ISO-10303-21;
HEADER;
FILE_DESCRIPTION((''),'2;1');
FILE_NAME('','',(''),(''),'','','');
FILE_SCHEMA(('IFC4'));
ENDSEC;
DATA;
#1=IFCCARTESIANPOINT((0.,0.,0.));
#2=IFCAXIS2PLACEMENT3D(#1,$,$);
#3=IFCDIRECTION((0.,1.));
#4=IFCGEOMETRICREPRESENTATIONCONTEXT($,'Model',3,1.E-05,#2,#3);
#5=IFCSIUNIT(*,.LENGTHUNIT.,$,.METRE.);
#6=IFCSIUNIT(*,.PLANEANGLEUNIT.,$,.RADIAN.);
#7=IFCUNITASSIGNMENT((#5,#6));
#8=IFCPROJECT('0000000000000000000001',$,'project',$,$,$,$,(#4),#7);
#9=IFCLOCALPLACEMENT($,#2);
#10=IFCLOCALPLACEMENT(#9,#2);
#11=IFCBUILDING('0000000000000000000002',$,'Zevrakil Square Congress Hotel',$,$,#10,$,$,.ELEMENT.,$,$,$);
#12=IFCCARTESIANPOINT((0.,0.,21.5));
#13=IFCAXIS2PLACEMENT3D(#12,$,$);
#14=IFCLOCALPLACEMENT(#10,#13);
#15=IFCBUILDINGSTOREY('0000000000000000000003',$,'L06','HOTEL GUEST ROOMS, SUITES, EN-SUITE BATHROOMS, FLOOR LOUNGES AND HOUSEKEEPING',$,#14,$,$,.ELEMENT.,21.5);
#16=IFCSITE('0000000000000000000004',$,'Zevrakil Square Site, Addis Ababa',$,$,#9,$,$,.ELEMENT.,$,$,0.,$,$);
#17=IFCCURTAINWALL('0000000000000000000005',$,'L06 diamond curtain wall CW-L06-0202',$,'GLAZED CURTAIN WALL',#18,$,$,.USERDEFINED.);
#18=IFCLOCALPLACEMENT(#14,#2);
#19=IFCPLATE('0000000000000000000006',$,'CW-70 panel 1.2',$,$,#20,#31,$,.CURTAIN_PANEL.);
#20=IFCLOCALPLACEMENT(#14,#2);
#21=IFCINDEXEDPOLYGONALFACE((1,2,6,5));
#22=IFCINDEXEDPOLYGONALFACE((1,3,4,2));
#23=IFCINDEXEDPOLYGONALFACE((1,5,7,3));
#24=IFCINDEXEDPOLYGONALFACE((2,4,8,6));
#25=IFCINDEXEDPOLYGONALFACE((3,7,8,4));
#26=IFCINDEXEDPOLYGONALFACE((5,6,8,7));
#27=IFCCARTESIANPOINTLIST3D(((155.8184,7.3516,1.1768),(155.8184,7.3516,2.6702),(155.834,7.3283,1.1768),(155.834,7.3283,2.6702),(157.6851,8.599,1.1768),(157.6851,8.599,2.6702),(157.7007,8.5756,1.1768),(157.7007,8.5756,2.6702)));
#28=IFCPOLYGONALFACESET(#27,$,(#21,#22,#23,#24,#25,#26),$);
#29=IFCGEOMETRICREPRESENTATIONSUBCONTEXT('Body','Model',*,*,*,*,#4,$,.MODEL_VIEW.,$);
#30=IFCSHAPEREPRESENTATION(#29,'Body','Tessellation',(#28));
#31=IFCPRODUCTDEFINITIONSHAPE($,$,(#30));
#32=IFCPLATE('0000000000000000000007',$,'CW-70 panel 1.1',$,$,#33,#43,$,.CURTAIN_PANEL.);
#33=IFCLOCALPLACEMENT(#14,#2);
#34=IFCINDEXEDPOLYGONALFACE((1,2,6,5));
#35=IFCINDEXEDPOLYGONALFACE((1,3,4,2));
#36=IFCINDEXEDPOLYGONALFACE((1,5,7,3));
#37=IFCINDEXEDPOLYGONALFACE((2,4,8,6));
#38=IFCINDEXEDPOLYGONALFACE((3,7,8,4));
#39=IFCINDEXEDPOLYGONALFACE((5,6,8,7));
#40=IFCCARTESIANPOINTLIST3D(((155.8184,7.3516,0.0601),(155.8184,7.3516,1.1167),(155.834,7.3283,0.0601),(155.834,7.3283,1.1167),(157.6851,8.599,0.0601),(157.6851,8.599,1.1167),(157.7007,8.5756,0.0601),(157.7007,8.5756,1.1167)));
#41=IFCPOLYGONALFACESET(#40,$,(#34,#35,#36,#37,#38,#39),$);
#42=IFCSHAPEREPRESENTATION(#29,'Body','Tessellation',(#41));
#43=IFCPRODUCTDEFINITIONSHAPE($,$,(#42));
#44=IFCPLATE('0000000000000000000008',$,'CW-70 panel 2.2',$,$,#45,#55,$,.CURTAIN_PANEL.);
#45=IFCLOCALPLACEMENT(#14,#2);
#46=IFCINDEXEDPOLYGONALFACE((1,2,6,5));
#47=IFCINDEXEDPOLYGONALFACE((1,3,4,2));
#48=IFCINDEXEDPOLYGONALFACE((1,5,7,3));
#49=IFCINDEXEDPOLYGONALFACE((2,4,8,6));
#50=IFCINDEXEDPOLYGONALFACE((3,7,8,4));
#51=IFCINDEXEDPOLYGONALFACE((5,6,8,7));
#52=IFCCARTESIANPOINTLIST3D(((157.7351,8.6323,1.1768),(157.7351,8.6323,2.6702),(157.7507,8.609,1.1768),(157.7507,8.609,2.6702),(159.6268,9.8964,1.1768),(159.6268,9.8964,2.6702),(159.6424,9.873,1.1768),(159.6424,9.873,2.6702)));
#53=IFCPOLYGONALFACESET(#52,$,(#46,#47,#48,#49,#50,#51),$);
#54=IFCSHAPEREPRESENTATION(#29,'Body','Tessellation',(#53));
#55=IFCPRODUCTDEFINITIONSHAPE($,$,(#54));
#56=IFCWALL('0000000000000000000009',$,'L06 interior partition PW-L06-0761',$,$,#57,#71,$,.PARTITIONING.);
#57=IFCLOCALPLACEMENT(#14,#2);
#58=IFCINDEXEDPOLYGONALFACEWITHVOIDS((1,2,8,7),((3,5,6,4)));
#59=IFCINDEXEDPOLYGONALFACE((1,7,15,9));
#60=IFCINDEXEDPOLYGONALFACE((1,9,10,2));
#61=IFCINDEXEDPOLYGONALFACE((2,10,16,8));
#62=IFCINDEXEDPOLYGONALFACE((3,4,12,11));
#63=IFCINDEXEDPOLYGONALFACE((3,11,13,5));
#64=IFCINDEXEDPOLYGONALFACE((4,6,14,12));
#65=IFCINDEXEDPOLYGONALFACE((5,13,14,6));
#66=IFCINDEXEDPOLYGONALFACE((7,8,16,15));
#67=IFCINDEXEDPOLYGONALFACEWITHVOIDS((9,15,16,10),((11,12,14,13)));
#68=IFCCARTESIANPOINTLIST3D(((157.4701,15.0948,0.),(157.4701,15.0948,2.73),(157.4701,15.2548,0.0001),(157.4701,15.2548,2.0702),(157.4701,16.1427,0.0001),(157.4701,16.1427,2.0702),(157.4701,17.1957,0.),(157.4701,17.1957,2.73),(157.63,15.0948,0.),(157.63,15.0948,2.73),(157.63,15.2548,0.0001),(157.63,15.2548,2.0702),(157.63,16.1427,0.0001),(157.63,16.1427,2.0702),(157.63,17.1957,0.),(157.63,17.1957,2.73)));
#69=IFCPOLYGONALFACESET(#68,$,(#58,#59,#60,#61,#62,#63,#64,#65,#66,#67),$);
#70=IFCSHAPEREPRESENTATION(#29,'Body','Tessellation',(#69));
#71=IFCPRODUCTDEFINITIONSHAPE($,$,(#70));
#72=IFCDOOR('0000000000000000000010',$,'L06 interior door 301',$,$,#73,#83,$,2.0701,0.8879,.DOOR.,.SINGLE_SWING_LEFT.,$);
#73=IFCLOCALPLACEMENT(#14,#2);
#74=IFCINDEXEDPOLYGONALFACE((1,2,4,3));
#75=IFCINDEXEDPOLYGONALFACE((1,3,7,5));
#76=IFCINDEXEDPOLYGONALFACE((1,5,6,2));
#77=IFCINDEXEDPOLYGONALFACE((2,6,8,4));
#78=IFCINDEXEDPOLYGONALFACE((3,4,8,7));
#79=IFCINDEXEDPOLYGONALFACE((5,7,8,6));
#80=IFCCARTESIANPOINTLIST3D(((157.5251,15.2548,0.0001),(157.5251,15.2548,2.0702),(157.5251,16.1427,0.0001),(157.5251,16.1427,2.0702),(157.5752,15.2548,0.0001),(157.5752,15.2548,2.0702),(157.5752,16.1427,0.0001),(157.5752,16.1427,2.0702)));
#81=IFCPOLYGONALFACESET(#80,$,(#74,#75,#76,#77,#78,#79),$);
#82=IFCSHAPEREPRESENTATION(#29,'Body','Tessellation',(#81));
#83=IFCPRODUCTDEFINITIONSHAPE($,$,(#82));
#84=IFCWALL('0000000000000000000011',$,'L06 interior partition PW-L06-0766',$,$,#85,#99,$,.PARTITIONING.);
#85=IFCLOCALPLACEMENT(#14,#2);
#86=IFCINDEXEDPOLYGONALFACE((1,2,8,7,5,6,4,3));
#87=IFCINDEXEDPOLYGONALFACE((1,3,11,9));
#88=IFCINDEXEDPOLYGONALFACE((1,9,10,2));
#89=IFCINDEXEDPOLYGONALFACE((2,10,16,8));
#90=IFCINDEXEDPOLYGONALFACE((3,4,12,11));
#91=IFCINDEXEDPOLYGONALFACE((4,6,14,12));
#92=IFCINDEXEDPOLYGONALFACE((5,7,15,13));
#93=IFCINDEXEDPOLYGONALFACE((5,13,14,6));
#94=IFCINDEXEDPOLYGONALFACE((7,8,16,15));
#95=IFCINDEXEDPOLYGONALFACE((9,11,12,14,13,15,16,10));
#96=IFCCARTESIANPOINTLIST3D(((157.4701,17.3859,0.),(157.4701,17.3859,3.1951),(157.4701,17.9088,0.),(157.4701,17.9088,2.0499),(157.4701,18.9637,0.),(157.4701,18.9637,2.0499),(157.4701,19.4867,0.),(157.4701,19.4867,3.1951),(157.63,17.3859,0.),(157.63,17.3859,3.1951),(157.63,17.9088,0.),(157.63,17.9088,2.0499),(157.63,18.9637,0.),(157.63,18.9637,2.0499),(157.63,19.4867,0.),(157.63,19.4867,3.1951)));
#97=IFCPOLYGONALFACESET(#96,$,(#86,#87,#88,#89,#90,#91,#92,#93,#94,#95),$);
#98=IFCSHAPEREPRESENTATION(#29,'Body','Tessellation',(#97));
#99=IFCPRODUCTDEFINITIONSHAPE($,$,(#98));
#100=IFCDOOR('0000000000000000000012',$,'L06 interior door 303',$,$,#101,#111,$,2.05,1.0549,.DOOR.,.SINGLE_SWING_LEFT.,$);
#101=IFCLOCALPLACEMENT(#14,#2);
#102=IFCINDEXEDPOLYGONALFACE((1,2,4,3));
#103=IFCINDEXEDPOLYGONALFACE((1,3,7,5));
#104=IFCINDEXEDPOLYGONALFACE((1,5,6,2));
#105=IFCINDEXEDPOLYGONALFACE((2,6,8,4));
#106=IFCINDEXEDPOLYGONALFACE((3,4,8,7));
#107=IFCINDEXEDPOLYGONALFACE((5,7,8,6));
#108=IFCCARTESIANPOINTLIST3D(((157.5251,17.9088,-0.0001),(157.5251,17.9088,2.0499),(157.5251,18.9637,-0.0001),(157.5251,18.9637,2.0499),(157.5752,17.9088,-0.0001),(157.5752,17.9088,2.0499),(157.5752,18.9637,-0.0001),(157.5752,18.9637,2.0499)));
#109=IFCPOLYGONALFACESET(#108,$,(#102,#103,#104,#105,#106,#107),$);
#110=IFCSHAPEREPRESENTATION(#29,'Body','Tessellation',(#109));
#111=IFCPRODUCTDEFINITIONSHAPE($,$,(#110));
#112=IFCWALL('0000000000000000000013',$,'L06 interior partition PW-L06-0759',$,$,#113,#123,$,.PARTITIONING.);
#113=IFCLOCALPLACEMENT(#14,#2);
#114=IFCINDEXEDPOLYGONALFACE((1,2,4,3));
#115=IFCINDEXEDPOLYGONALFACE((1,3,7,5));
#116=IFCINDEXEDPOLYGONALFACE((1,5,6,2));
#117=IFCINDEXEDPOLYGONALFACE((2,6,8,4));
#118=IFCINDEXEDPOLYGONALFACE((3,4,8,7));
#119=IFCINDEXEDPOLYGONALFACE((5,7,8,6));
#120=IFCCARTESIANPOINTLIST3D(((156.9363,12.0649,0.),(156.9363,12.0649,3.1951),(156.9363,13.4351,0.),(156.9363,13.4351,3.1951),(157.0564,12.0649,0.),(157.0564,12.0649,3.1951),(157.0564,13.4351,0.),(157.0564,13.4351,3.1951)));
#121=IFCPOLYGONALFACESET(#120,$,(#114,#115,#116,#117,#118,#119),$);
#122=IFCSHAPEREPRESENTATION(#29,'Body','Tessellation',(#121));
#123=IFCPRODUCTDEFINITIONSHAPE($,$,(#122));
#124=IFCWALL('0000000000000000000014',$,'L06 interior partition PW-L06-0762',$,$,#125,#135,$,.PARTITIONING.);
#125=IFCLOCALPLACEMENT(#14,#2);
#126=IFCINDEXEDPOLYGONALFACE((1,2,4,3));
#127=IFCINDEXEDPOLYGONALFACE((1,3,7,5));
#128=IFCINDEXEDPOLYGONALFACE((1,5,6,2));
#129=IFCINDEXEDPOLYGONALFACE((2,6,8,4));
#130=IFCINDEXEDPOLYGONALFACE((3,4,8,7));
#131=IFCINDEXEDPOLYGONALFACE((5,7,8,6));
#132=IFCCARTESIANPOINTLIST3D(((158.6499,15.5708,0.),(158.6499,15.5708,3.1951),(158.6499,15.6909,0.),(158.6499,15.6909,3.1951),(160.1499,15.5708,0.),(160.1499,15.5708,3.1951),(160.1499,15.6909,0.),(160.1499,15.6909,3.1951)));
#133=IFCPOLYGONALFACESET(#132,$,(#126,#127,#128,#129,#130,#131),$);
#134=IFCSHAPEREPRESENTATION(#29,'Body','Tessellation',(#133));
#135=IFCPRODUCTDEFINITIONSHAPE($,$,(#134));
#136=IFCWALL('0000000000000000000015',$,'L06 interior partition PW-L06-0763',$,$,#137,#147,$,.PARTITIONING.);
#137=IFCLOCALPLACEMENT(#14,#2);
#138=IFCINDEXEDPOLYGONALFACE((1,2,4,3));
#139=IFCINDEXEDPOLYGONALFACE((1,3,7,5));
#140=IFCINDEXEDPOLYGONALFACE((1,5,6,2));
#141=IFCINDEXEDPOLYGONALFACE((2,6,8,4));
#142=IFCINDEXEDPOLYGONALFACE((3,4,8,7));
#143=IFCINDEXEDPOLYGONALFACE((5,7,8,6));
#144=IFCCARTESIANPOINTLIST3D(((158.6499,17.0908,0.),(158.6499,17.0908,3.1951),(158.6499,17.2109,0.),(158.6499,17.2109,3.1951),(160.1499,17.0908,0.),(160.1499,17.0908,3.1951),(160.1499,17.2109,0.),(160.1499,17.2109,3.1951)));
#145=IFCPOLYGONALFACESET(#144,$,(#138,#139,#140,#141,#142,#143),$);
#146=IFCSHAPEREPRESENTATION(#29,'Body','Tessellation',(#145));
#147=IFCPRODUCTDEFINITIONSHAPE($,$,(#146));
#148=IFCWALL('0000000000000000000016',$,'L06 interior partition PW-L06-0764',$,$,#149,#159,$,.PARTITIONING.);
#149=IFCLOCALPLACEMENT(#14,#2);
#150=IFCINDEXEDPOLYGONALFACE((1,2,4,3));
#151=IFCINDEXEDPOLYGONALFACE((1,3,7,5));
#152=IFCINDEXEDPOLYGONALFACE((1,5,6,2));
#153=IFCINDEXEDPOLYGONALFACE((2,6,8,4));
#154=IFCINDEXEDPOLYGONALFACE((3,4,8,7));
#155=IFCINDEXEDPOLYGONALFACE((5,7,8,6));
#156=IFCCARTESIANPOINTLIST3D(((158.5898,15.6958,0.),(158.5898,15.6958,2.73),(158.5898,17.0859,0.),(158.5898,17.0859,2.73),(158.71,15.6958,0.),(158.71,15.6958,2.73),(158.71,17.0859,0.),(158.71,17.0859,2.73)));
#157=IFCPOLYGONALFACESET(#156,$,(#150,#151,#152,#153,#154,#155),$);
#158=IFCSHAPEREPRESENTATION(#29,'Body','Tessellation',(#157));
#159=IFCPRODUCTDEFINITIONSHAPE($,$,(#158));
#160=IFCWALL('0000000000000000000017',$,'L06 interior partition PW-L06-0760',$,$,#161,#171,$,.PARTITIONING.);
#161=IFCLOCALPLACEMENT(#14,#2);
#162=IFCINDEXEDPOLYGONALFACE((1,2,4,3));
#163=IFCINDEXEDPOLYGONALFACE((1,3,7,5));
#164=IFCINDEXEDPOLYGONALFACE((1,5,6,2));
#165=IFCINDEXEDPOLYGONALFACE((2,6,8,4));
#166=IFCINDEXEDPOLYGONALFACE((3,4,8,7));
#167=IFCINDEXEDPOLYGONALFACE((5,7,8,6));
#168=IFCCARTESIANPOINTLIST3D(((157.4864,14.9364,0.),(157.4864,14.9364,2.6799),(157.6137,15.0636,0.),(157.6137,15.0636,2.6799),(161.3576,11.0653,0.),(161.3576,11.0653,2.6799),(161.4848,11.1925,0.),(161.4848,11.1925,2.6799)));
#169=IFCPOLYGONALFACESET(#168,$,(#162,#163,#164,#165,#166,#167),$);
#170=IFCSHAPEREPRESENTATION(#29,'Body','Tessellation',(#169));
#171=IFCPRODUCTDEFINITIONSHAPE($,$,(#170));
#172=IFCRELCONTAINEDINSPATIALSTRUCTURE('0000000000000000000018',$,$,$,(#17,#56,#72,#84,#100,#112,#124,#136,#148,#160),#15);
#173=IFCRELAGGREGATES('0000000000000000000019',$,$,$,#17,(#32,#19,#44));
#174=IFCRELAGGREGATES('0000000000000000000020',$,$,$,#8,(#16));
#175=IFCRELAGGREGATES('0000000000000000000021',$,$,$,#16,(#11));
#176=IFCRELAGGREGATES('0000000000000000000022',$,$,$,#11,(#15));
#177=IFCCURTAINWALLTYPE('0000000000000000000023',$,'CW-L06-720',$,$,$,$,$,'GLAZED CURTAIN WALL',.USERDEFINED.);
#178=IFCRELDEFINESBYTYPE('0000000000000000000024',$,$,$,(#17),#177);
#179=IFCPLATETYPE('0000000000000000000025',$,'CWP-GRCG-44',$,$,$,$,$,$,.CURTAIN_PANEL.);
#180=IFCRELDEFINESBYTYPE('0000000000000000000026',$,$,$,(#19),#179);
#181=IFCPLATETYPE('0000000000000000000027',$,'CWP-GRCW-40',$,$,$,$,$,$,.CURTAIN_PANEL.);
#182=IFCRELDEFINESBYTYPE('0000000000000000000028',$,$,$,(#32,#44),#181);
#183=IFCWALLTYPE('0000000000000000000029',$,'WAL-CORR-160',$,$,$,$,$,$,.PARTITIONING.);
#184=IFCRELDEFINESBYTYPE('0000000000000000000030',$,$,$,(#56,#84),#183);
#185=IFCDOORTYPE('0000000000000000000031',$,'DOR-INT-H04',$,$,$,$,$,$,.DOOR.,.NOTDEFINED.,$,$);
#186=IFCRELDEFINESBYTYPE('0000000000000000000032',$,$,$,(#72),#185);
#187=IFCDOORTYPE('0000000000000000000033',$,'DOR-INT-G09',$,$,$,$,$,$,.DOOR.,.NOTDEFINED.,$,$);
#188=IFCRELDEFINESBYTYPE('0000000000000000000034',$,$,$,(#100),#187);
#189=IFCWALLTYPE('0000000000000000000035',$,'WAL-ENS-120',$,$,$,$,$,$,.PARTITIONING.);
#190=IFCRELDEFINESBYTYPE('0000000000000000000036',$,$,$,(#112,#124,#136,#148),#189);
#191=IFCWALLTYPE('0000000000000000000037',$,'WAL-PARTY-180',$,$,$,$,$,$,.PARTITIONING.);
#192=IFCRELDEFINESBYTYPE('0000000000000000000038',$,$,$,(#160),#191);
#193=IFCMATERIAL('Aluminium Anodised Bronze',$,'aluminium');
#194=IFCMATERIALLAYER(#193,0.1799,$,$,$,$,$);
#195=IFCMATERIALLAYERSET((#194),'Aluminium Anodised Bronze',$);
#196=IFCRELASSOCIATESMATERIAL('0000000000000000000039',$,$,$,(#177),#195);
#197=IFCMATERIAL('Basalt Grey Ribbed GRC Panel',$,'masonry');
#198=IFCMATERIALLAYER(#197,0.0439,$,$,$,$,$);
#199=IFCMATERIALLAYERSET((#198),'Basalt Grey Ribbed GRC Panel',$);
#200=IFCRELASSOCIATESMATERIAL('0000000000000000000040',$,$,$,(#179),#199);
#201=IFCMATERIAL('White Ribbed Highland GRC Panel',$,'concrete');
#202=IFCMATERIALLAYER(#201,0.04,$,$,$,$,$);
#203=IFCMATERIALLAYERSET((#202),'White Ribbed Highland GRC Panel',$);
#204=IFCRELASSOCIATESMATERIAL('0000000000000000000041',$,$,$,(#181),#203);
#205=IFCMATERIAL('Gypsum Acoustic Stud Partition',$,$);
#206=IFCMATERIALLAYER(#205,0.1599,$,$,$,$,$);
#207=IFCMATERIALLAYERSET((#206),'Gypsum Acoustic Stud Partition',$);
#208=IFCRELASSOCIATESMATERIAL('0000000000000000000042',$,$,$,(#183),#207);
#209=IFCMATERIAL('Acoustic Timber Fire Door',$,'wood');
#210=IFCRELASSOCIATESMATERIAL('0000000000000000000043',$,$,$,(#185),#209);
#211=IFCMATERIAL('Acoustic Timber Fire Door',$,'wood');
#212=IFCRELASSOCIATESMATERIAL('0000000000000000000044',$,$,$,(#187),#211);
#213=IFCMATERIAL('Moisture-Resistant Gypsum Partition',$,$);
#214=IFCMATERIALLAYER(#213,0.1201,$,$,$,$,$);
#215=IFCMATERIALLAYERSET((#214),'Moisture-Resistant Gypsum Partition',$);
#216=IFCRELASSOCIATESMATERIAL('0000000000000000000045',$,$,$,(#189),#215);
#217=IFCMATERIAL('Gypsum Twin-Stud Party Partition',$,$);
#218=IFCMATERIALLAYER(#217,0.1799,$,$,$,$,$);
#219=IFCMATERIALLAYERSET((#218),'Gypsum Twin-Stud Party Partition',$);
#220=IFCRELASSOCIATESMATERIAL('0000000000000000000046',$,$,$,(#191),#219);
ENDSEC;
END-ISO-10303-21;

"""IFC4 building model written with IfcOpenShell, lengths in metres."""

from ifc_helpers import new_model, si_unit, direction, frame, frame_2d, origin, origin_2d, place, context, subcontext, project, spatial, rectangle, extrude, material, layer, layer_set, type_object, element, fill, aggregate, save


model = new_model("IFC4")

# Units and contexts
model_context = context("Model", 3, precision=1e-05, world=origin(), true_north=direction((0.0, 1.0)))
body_context = subcontext(model_context, "Body", "Model", "MODEL_VIEW")
ifc_project = project(units=[si_unit("LENGTHUNIT", "METRE"), si_unit("PLANEANGLEUNIT", "RADIAN")], contexts=[model_context])

# Site, building, storey
site_placement = place(None, origin())
site = spatial("IfcSite", under=ifc_project, at=site_placement, Name="Zevrakil Square Site, Addis Ababa", CompositionType="ELEMENT", RefElevation=0.0)
building_placement = place(site_placement, origin())
building = spatial("IfcBuilding", under=site, at=building_placement, Name="Zevrakil Square Congress Hotel", CompositionType="ELEMENT")
storey_placement = place(building_placement, frame((0.0, 0.0, 21.5)))
storey = spatial("IfcBuildingStorey", under=building, at=storey_placement, Name="L06", Description="HOTEL GUEST ROOMS, SUITES, EN-SUITE BATHROOMS, FLOOR LOUNGES AND HOUSEKEEPING", CompositionType="ELEMENT", Elevation=21.5)

# Curtain wall
ifc_material_1 = material(Name="Aluminium Anodised Bronze", Category="aluminium")
ifc_layer_1 = layer(ifc_material_1, 0.1799)
ifc_layer_set_1 = layer_set([ifc_layer_1], Name="Aluminium Anodised Bronze")
curtain_wall_type = type_object("IfcCurtainWallType", Name="CW-L06-720", ElementType="GLAZED CURTAIN WALL", PredefinedType="USERDEFINED", material=ifc_layer_set_1)
curtain_wall_1_placement = place(storey_placement, origin())
curtain_wall_1 = element("IfcCurtainWall", 1, at=curtain_wall_1_placement, inside=storey, type_object=curtain_wall_type, Name="L06 diamond curtain wall CW-L06-0202", ObjectType="GLAZED CURTAIN WALL", PredefinedType="USERDEFINED")

# Plates
ifc_material_2 = material(Name="Basalt Grey Ribbed GRC Panel", Category="masonry")
ifc_layer_2 = layer(ifc_material_2, 0.0439)
ifc_layer_set_2 = layer_set([ifc_layer_2], Name="Basalt Grey Ribbed GRC Panel")
plate_type_1 = type_object("IfcPlateType", Name="CWP-GRCG-44", PredefinedType="CURTAIN_PANEL", material=ifc_layer_set_2)
plate_1_placement = place(storey_placement, frame((156.7595, 7.9636, 1.1768), z_axis=(0.0, 0.0, 1.0), x_axis=(0.831466, 0.555576, 0.0)))
plate_1 = element("IfcPlate", 2, at=plate_1_placement, type_object=plate_type_1, Name="CW-70 panel 1.2", PredefinedType="CURTAIN_PANEL", context=body_context, shape_type="SweptSolid", body=[
    extrude(rectangle(XDim=2.2451, YDim=0.0281, at=origin_2d()), origin(), (0.0, 0.0, 1.0), 1.4934),
])
ifc_material_3 = material(Name="White Ribbed Highland GRC Panel", Category="concrete")
ifc_layer_3 = layer(ifc_material_3, 0.04)
ifc_layer_set_3 = layer_set([ifc_layer_3], Name="White Ribbed Highland GRC Panel")
plate_type_2 = type_object("IfcPlateType", Name="CWP-GRCW-40", PredefinedType="CURTAIN_PANEL", material=ifc_layer_set_3)
plate_2_placement = place(storey_placement, frame((156.7595, 7.9636, 0.0601), z_axis=(0.0, 0.0, 1.0), x_axis=(0.831466, 0.555576, 0.0)))
plate_2 = element("IfcPlate", 3, at=plate_2_placement, type_object=plate_type_2, Name="CW-70 panel 1.1", PredefinedType="CURTAIN_PANEL", context=body_context, shape_type="SweptSolid", body=[
    extrude(rectangle(XDim=2.2451, YDim=0.0281, at=origin_2d()), origin(), (0.0, 0.0, 1.0), 1.0566),
])
plate_3_placement = place(storey_placement, frame((158.6887, 9.2527, 1.1768), z_axis=(0.0, 0.0, 1.0), x_axis=(0.831466, 0.555576, 0.0)))
plate_3 = element("IfcPlate", 4, at=plate_3_placement, type_object=plate_type_2, Name="CW-70 panel 2.2", PredefinedType="CURTAIN_PANEL", context=body_context, shape_type="SweptSolid", body=[
    extrude(rectangle(XDim=2.2751, YDim=0.0281, at=origin_2d()), origin(), (0.0, 0.0, 1.0), 1.4934),
])
aggregate(curtain_wall_1, [plate_2, plate_1, plate_3])

# Walls, openings, doors
ifc_material_4 = material(Name="Gypsum Acoustic Stud Partition")
ifc_layer_4 = layer(ifc_material_4, 0.1599)
ifc_layer_set_4 = layer_set([ifc_layer_4], Name="Gypsum Acoustic Stud Partition")
wall_type_1 = type_object("IfcWallType", Name="WAL-CORR-160", PredefinedType="PARTITIONING", material=ifc_layer_set_4)
wall_1_placement = place(storey_placement, frame((157.55, 15.095, 0.0), z_axis=(0.0, 0.0, 1.0), x_axis=(0.0, 1.0, 0.0)))
wall_1 = element("IfcWall", 5, at=wall_1_placement, inside=storey, type_object=wall_type_1, Name="L06 interior partition PW-L06-0761", PredefinedType="PARTITIONING", context=body_context, shape_type="SweptSolid", body=[
    extrude(rectangle(XDim=2.1008, YDim=0.1599, at=frame_2d((1.0503, 0.0))), origin(), (0.0, 0.0, 1.0), 2.73),
])
opening_1_placement = place(wall_1_placement, frame((0.1599, 0.0, 0.0)))
opening_1 = element("IfcOpeningElement", 6, at=opening_1_placement, cuts=wall_1, PredefinedType="OPENING", context=body_context, shape_type="SweptSolid", body=[
    extrude(rectangle(XDim=0.8879, YDim=2.0701, at=frame_2d((0.4438, 1.0352))), frame((0.0, 0.0898, 0.0), z_axis=(0.0, -1.0, 0.0), x_axis=(1.0, 0.0, 0.0)), (0.0, 0.0, 1.0), 0.1799),
])
ifc_material_5 = material(Name="Acoustic Timber Fire Door", Category="wood")
door_type_1 = type_object("IfcDoorType", Name="DOR-INT-H04", OperationType="NOTDEFINED", PredefinedType="DOOR", material=ifc_material_5)
door_1_placement = place(opening_1_placement, origin())
door_1 = element("IfcDoor", 7, at=door_1_placement, inside=storey, type_object=door_type_1, Name="L06 interior door 301", OperationType="SINGLE_SWING_LEFT", OverallHeight=2.0701, OverallWidth=0.8879, PredefinedType="DOOR", context=body_context, shape_type="SweptSolid", body=[
    extrude(rectangle(XDim=0.8879, YDim=2.0701, at=frame_2d((0.4438, 1.0352))), frame((0.0, 0.0249, 0.0), z_axis=(0.0, -1.0, 0.0), x_axis=(1.0, 0.0, 0.0)), (0.0, 0.0, 1.0), 0.05),
])
fill(opening_1, door_1)
wall_2_placement = place(storey_placement, frame((157.55, 17.386, 0.0), z_axis=(0.0, 0.0, 1.0), x_axis=(0.0, 1.0, 0.0)))
wall_2 = element("IfcWall", 8, at=wall_2_placement, inside=storey, type_object=wall_type_1, Name="L06 interior partition PW-L06-0766", PredefinedType="PARTITIONING", context=body_context, shape_type="SweptSolid", body=[
    extrude(rectangle(XDim=2.1008, YDim=0.1599, at=frame_2d((1.0503, 0.0))), origin(), (0.0, 0.0, 1.0), 3.1951),
])
opening_2_placement = place(wall_2_placement, frame((0.5229, 0.0, 0.0)))
opening_2 = element("IfcOpeningElement", 9, at=opening_2_placement, cuts=wall_2, PredefinedType="OPENING", context=body_context, shape_type="SweptSolid", body=[
    extrude(rectangle(XDim=1.0549, YDim=2.05, at=frame_2d((0.5273, 1.0249))), frame((0.0, 0.0898, 0.0), z_axis=(0.0, -1.0, 0.0), x_axis=(1.0, 0.0, 0.0)), (0.0, 0.0, 1.0), 0.1799),
])
ifc_material_6 = material(Name="Acoustic Timber Fire Door", Category="wood")
door_type_2 = type_object("IfcDoorType", Name="DOR-INT-G09", OperationType="NOTDEFINED", PredefinedType="DOOR", material=ifc_material_6)
door_2_placement = place(opening_2_placement, origin())
door_2 = element("IfcDoor", 10, at=door_2_placement, inside=storey, type_object=door_type_2, Name="L06 interior door 303", OperationType="SINGLE_SWING_LEFT", OverallHeight=2.05, OverallWidth=1.0549, PredefinedType="DOOR", context=body_context, shape_type="SweptSolid", body=[
    extrude(rectangle(XDim=1.0549, YDim=2.05, at=frame_2d((0.5273, 1.0249))), frame((0.0, 0.0249, 0.0), z_axis=(0.0, -1.0, 0.0), x_axis=(1.0, 0.0, 0.0)), (0.0, 0.0, 1.0), 0.05),
])
fill(opening_2, door_2)

# Walls
ifc_material_7 = material(Name="Moisture-Resistant Gypsum Partition")
ifc_layer_5 = layer(ifc_material_7, 0.1201)
ifc_layer_set_5 = layer_set([ifc_layer_5], Name="Moisture-Resistant Gypsum Partition")
wall_type_2 = type_object("IfcWallType", Name="WAL-ENS-120", PredefinedType="PARTITIONING", material=ifc_layer_set_5)
wall_3_placement = place(storey_placement, frame((156.9963, 12.0649, 0.0), z_axis=(0.0, 0.0, 1.0), x_axis=(0.0, 1.0, 0.0)))
element("IfcWall", 11, at=wall_3_placement, inside=storey, type_object=wall_type_2, Name="L06 interior partition PW-L06-0759", PredefinedType="PARTITIONING", context=body_context, shape_type="SweptSolid", body=[
    extrude(rectangle(XDim=1.3701, YDim=0.1201, at=frame_2d((0.6851, 0.0))), origin(), (0.0, 0.0, 1.0), 3.1951),
])
for number, where, z_axis, x_axis, name in (
    (12, (158.6499, 15.6309, 0.0), (0.0, 0.0, 1.0), (1.0, 0.0, 0.0), "L06 interior partition PW-L06-0762"),
    (13, (158.6499, 17.1509, 0.0), (0.0, 0.0, 1.0), (1.0, 0.0, 0.0), "L06 interior partition PW-L06-0763"),
):
    element("IfcWall", number, at=place(storey_placement, frame(where, z_axis=z_axis, x_axis=x_axis)), inside=storey, type_object=wall_type_2, Name=name, PredefinedType="PARTITIONING", context=body_context, shape_type="SweptSolid", body=[
        extrude(rectangle(XDim=1.5, YDim=0.1201, at=frame_2d((0.75, 0.0))), origin(), (0.0, 0.0, 1.0), 3.1951),
    ])
wall_4_placement = place(storey_placement, frame((158.6499, 15.6958, 0.0), z_axis=(0.0, 0.0, 1.0), x_axis=(0.0, 1.0, 0.0)))
element("IfcWall", 14, at=wall_4_placement, inside=storey, type_object=wall_type_2, Name="L06 interior partition PW-L06-0764", PredefinedType="PARTITIONING", context=body_context, shape_type="SweptSolid", body=[
    extrude(rectangle(XDim=1.3901, YDim=0.1201, at=frame_2d((0.6951, 0.0))), origin(), (0.0, 0.0, 1.0), 2.73),
])
ifc_material_8 = material(Name="Gypsum Twin-Stud Party Partition")
ifc_layer_6 = layer(ifc_material_8, 0.1799)
ifc_layer_set_6 = layer_set([ifc_layer_6], Name="Gypsum Twin-Stud Party Partition")
wall_type_3 = type_object("IfcWallType", Name="WAL-PARTY-180", PredefinedType="PARTITIONING", material=ifc_layer_set_6)
wall_5_placement = place(storey_placement, frame((157.55, 15.0, 0.0), z_axis=(0.0, 0.0, 1.0), x_axis=(0.707107, -0.707107, 0.0)))
element("IfcWall", 15, at=wall_5_placement, inside=storey, type_object=wall_type_3, Name="L06 interior partition PW-L06-0760", PredefinedType="PARTITIONING", context=body_context, shape_type="SweptSolid", body=[
    extrude(rectangle(XDim=5.4746, YDim=0.1799, at=frame_2d((2.7373, 0.0))), origin(), (0.0, 0.0, 1.0), 2.6799),
])

save(model, "model.ifc")
